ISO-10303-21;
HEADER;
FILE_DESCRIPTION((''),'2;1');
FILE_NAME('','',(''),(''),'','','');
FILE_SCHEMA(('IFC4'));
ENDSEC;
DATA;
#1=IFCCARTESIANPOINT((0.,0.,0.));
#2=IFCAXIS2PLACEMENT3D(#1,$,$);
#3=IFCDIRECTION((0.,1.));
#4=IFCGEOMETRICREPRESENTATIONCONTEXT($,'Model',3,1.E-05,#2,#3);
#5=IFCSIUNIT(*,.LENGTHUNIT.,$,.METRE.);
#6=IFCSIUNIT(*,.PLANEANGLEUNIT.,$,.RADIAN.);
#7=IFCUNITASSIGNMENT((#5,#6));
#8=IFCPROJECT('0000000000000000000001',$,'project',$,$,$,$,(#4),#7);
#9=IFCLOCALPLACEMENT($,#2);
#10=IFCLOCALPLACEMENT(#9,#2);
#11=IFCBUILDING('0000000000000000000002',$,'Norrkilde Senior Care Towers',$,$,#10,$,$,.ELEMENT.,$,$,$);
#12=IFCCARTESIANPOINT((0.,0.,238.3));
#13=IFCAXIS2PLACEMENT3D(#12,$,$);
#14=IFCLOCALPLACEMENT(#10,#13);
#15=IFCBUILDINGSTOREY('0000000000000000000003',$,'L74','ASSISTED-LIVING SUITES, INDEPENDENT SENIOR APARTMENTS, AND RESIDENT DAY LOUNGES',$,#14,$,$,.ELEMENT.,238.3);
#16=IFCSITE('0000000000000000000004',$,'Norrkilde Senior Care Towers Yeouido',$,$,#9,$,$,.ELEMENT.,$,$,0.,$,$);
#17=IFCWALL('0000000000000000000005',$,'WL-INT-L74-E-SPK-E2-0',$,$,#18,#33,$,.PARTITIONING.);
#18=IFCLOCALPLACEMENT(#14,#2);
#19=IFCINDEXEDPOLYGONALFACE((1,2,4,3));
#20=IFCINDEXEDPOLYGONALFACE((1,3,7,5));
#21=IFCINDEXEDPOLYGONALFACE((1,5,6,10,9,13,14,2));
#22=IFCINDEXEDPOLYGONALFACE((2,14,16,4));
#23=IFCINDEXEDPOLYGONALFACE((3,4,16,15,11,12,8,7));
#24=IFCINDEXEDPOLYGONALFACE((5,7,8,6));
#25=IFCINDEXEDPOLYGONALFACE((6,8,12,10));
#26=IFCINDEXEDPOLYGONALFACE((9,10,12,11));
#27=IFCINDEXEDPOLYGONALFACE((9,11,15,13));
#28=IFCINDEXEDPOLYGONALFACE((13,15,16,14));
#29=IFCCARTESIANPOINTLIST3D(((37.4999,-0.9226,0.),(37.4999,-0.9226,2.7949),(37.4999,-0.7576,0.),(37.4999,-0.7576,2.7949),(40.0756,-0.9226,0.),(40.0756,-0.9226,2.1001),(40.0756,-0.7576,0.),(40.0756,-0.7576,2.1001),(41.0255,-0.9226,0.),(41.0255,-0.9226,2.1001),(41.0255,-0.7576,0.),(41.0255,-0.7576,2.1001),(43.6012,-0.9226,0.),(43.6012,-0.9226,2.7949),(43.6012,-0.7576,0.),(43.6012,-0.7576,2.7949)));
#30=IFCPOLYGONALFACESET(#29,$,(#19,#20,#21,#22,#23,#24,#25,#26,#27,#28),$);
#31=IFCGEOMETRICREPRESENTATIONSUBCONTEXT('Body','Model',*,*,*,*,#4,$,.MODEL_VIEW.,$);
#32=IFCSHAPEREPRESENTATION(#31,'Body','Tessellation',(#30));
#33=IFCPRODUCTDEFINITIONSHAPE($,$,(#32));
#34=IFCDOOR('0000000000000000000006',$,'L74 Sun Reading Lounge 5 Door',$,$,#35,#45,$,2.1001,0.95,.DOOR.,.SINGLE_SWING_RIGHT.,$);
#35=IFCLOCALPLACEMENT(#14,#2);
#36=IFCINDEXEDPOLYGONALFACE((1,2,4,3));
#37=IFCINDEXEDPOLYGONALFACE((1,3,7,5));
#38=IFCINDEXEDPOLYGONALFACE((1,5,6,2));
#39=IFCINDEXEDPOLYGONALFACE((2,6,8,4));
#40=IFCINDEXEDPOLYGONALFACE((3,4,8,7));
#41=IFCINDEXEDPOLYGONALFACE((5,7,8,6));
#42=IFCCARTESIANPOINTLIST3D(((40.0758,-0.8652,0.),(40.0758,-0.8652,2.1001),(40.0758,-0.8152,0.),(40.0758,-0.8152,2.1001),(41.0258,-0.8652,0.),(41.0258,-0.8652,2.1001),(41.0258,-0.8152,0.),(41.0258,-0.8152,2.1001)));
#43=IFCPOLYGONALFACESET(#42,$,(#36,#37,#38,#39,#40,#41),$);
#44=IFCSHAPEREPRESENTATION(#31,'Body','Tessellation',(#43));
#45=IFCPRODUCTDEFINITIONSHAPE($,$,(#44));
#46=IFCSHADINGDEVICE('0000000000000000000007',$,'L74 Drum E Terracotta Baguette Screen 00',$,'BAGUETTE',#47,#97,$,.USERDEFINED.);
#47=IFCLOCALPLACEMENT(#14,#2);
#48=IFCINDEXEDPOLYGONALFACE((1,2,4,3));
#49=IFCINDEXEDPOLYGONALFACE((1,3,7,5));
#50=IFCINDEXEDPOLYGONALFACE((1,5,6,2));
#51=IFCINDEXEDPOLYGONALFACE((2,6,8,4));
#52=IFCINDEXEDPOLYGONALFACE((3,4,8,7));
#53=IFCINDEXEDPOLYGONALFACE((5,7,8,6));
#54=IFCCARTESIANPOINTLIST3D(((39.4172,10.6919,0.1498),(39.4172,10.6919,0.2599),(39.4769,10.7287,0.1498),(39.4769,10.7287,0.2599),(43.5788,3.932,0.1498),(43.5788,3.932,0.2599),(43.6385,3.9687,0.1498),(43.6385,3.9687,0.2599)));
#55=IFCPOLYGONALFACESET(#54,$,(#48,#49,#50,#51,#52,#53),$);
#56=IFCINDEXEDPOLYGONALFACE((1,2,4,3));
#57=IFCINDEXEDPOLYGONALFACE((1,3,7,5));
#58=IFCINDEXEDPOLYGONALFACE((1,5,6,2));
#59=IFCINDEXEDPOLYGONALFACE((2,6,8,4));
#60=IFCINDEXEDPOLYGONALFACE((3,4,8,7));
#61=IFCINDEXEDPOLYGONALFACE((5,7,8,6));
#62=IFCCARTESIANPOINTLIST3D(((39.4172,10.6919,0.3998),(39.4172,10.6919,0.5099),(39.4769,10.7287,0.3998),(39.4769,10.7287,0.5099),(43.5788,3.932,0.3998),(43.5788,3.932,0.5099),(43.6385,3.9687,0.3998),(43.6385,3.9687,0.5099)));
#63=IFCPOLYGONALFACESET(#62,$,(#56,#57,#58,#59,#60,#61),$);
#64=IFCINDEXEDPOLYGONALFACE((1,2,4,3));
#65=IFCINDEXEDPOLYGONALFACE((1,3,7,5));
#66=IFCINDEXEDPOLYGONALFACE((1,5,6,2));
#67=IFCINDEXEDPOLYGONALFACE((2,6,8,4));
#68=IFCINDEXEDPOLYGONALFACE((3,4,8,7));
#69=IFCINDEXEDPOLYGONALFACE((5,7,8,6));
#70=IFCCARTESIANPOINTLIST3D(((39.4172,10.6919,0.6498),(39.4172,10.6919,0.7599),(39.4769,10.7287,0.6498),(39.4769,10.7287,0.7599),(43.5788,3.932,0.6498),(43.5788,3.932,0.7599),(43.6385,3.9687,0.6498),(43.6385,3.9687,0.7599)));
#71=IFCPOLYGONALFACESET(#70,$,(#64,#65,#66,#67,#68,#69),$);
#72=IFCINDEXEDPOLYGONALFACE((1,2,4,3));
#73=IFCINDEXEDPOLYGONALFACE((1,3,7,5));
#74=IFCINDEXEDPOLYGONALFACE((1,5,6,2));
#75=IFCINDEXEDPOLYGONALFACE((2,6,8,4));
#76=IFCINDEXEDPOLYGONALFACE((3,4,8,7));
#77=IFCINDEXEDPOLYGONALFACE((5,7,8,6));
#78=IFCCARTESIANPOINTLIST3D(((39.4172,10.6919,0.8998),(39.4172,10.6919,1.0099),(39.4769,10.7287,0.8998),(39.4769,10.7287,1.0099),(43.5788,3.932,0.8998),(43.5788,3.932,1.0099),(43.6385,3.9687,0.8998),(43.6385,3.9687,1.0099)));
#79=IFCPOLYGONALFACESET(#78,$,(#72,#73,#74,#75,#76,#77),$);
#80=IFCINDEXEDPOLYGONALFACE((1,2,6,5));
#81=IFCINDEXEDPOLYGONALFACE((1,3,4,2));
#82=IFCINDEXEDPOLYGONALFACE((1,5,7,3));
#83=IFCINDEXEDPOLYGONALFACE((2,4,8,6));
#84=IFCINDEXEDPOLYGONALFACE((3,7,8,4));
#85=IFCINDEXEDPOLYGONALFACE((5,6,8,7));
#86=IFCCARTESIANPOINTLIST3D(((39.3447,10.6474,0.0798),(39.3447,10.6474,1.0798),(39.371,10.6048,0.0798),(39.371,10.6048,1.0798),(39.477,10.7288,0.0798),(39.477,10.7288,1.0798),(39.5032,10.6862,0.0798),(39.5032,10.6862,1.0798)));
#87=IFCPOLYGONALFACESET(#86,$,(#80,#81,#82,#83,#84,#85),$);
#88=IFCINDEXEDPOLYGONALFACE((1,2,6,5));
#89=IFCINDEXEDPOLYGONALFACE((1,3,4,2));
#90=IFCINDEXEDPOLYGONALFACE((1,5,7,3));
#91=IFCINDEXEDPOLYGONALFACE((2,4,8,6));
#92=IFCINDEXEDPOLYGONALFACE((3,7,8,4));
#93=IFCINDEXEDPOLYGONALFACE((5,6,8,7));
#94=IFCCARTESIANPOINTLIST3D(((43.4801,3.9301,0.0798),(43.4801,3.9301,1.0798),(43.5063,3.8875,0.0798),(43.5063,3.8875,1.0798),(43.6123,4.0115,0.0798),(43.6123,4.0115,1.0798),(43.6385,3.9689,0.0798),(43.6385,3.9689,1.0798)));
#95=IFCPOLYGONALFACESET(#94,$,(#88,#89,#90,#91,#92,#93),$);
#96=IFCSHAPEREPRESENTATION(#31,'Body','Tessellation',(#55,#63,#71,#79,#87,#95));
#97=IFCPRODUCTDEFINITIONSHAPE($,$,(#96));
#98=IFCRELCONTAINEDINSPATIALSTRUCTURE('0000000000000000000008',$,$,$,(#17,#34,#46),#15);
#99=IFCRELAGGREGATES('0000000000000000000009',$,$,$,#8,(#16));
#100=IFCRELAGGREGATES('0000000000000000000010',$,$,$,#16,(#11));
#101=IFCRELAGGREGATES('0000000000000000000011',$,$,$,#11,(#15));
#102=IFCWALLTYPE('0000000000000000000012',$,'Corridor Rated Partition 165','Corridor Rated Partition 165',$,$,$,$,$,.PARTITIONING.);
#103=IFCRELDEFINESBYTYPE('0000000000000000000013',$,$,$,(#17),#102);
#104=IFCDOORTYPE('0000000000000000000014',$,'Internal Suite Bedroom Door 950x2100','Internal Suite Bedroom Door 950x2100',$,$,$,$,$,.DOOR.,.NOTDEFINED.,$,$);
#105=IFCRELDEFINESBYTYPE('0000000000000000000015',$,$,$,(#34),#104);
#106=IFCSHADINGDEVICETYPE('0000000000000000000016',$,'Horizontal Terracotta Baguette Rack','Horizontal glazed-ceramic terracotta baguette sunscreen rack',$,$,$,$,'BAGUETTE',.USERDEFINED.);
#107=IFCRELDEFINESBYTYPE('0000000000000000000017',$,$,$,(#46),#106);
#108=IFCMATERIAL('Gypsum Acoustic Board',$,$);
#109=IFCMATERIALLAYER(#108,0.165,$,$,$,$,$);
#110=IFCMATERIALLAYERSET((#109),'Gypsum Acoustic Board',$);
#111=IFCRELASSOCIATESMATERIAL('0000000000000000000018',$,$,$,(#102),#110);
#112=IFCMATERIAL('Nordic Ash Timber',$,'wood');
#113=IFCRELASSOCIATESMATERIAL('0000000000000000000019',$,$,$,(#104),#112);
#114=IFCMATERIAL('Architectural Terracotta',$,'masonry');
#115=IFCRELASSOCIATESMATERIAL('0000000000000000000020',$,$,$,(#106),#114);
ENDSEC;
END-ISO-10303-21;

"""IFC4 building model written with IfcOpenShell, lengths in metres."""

from ifc_helpers import new_model, si_unit, direction, frame, frame_2d, origin, origin_2d, place, context, subcontext, project, spatial, rectangle, extrude, source, transform, mapped, material, layer, layer_set, type_object, type_shapes, element, fill, save


model = new_model("IFC4")

# Units and contexts
model_context = context("Model", 3, precision=1e-05, world=origin(), true_north=direction((0.0, 1.0)))
body_context = subcontext(model_context, "Body", "Model", "MODEL_VIEW")
ifc_project = project(units=[si_unit("LENGTHUNIT", "METRE"), si_unit("PLANEANGLEUNIT", "RADIAN")], contexts=[model_context])

# Site, building, storey
site_placement = place(None, origin())
site = spatial("IfcSite", under=ifc_project, at=site_placement, Name="Norrkilde Senior Care Towers Yeouido", CompositionType="ELEMENT", RefElevation=0.0)
building_placement = place(site_placement, origin())
building = spatial("IfcBuilding", under=site, at=building_placement, Name="Norrkilde Senior Care Towers", CompositionType="ELEMENT")
storey_placement = place(building_placement, frame((0.0, 0.0, 238.3)))
storey = spatial("IfcBuildingStorey", under=building, at=storey_placement, Name="L74", Description="ASSISTED-LIVING SUITES, INDEPENDENT SENIOR APARTMENTS, AND RESIDENT DAY LOUNGES", CompositionType="ELEMENT", Elevation=238.3)

# Shared definitions
ifc_material_1 = material(Name="Gypsum Acoustic Board")
ifc_layer_1 = layer(ifc_material_1, 0.165)
ifc_layer_set_1 = layer_set([ifc_layer_1], Name="Gypsum Acoustic Board")
wall_type = type_object("IfcWallType", Name="Corridor Rated Partition 165", Description="Corridor Rated Partition 165", PredefinedType="PARTITIONING", material=ifc_layer_set_1)

# Shared definitions
ifc_material_2 = material(Name="Nordic Ash Timber", Category="wood")

# Wall, opening, door
shared_shape_1 = source(origin(), body_context, "Body", "SweptSolid", [
    extrude(rectangle(XDim=6.1013, YDim=0.165, at=frame_2d((3.0508, 0.0))), origin(), (0.0, 0.0, 1.0), 2.7949),
])
door_type_1 = type_object("IfcDoorType", Name="Internal Suite Bedroom Door 950x2100", Description="Internal Suite Bedroom Door 950x2100", OperationType="NOTDEFINED", PredefinedType="DOOR", material=ifc_material_2)
shared_shape_2 = source(origin(), body_context, "Body", "SweptSolid", [
    extrude(rectangle(XDim=0.95, YDim=2.1001, at=frame_2d((0.4751, 1.05))), frame((0.0, 0.0249, 0.0), z_axis=(0.0, -1.0, 0.0), x_axis=(1.0, 0.0, 0.0)), (0.0, 0.0, 1.0), 0.05),
])
type_shapes(door_type_1, [shared_shape_2])
wall_1_placement = place(storey_placement, frame((43.6013, -0.8401, 0.0), z_axis=(0.0, 0.0, 1.0), x_axis=(-1.0, 0.0, 0.0)))
wall_1 = element("IfcWall", 1, at=wall_1_placement, inside=storey, type_object=wall_type, Name="WL-INT-L74-E-SPK-E2-0", PredefinedType="PARTITIONING", context=body_context, shape_type="MappedRepresentation", body=[
    mapped(shared_shape_1, transform((0.0, 0.0, 0.0), x_axis=(1.0, 0.0, 0.0), y_axis=(0.0, 1.0, 0.0), z_axis=(0.0, 0.0, 1.0), scale=1.0)),
])
opening_1_placement = place(wall_1_placement, frame((2.5757, 0.0, 0.0)))
opening_1 = element("IfcOpeningElement", 2, at=opening_1_placement, cuts=wall_1, PredefinedType="OPENING", context=body_context, shape_type="SweptSolid", body=[
    extrude(rectangle(XDim=0.95, YDim=2.1001, at=frame_2d((0.4751, 1.05))), frame((0.0, 0.0925, 0.0), z_axis=(0.0, -1.0, 0.0), x_axis=(1.0, 0.0, 0.0)), (0.0, 0.0, 1.0), 0.1851),
])
door_1_placement = place(opening_1_placement, frame((0.95, 0.0, 0.0), z_axis=(0.0, 0.0, 1.0), x_axis=(-1.0, 0.0, 0.0)))
door_1 = element("IfcDoor", 3, at=door_1_placement, inside=storey, type_object=door_type_1, Name="L74 Sun Reading Lounge 5 Door", OperationType="SINGLE_SWING_RIGHT", OverallHeight=2.1001, OverallWidth=0.95, PredefinedType="DOOR", context=body_context, shape_type="MappedRepresentation", body=[
    mapped(shared_shape_2, transform((0.0, 0.0, 0.0), x_axis=(1.0, 0.0, 0.0), y_axis=(0.0, 1.0, 0.0), z_axis=(0.0, 0.0, 1.0), scale=1.0)),
])
fill(opening_1, door_1)

# Shading device
ifc_material_3 = material(Name="Architectural Terracotta", Category="masonry")
shading_device_type = type_object("IfcShadingDeviceType", Name="Horizontal Terracotta Baguette Rack", Description="Horizontal glazed-ceramic terracotta baguette sunscreen rack", ElementType="BAGUETTE", PredefinedType="USERDEFINED", material=ifc_material_3)
shared_shape_3 = source(origin(), body_context, "Body", "SweptSolid", [
    extrude(rectangle(XDim=0.0701, YDim=0.1101, at=origin_2d()), frame((0.0, 0.0901, 0.125), z_axis=(1.0, 0.0, 0.0), x_axis=(0.0, 1.0, 0.0)), (0.0, 0.0, 1.0), 7.9382),
    extrude(rectangle(XDim=0.0701, YDim=0.1101, at=origin_2d()), frame((0.0, 0.0901, 0.375), z_axis=(1.0, 0.0, 0.0), x_axis=(0.0, 1.0, 0.0)), (0.0, 0.0, 1.0), 7.9382),
    extrude(rectangle(XDim=0.0701, YDim=0.1101, at=origin_2d()), frame((0.0, 0.0901, 0.625), z_axis=(1.0, 0.0, 0.0), x_axis=(0.0, 1.0, 0.0)), (0.0, 0.0, 1.0), 7.9382),
    extrude(rectangle(XDim=0.0701, YDim=0.1101, at=origin_2d()), frame((0.0, 0.0901, 0.875), z_axis=(1.0, 0.0, 0.0), x_axis=(0.0, 1.0, 0.0)), (0.0, 0.0, 1.0), 7.9382),
    extrude(rectangle(XDim=0.05, YDim=0.1553, at=origin_2d()), frame((0.0249, 0.0476, 0.0)), (0.0, 0.0, 1.0), 1.0),
    extrude(rectangle(XDim=0.05, YDim=0.1553, at=origin_2d()), frame((7.9131, 0.0476, 0.0)), (0.0, 0.0, 1.0), 1.0),
])
type_shapes(shading_device_type, [shared_shape_3])
shading_device_placement = place(storey_placement, frame((39.3704, 10.6631, 0.0798), z_axis=(0.0, 0.0, 1.0), x_axis=(0.52425, -0.851576, 0.0)))
element("IfcShadingDevice", 4, at=shading_device_placement, inside=storey, type_object=shading_device_type, Name="L74 Drum E Terracotta Baguette Screen 00", ObjectType="BAGUETTE", PredefinedType="USERDEFINED", context=body_context, shape_type="MappedRepresentation", body=[
    mapped(shared_shape_3, transform((0.0, 0.0, 0.0), x_axis=(1.0, 0.0, 0.0), y_axis=(0.0, 1.0, 0.0), z_axis=(0.0, 0.0, 1.0), scale=1.0)),
])

save(model, "model.ifc")
